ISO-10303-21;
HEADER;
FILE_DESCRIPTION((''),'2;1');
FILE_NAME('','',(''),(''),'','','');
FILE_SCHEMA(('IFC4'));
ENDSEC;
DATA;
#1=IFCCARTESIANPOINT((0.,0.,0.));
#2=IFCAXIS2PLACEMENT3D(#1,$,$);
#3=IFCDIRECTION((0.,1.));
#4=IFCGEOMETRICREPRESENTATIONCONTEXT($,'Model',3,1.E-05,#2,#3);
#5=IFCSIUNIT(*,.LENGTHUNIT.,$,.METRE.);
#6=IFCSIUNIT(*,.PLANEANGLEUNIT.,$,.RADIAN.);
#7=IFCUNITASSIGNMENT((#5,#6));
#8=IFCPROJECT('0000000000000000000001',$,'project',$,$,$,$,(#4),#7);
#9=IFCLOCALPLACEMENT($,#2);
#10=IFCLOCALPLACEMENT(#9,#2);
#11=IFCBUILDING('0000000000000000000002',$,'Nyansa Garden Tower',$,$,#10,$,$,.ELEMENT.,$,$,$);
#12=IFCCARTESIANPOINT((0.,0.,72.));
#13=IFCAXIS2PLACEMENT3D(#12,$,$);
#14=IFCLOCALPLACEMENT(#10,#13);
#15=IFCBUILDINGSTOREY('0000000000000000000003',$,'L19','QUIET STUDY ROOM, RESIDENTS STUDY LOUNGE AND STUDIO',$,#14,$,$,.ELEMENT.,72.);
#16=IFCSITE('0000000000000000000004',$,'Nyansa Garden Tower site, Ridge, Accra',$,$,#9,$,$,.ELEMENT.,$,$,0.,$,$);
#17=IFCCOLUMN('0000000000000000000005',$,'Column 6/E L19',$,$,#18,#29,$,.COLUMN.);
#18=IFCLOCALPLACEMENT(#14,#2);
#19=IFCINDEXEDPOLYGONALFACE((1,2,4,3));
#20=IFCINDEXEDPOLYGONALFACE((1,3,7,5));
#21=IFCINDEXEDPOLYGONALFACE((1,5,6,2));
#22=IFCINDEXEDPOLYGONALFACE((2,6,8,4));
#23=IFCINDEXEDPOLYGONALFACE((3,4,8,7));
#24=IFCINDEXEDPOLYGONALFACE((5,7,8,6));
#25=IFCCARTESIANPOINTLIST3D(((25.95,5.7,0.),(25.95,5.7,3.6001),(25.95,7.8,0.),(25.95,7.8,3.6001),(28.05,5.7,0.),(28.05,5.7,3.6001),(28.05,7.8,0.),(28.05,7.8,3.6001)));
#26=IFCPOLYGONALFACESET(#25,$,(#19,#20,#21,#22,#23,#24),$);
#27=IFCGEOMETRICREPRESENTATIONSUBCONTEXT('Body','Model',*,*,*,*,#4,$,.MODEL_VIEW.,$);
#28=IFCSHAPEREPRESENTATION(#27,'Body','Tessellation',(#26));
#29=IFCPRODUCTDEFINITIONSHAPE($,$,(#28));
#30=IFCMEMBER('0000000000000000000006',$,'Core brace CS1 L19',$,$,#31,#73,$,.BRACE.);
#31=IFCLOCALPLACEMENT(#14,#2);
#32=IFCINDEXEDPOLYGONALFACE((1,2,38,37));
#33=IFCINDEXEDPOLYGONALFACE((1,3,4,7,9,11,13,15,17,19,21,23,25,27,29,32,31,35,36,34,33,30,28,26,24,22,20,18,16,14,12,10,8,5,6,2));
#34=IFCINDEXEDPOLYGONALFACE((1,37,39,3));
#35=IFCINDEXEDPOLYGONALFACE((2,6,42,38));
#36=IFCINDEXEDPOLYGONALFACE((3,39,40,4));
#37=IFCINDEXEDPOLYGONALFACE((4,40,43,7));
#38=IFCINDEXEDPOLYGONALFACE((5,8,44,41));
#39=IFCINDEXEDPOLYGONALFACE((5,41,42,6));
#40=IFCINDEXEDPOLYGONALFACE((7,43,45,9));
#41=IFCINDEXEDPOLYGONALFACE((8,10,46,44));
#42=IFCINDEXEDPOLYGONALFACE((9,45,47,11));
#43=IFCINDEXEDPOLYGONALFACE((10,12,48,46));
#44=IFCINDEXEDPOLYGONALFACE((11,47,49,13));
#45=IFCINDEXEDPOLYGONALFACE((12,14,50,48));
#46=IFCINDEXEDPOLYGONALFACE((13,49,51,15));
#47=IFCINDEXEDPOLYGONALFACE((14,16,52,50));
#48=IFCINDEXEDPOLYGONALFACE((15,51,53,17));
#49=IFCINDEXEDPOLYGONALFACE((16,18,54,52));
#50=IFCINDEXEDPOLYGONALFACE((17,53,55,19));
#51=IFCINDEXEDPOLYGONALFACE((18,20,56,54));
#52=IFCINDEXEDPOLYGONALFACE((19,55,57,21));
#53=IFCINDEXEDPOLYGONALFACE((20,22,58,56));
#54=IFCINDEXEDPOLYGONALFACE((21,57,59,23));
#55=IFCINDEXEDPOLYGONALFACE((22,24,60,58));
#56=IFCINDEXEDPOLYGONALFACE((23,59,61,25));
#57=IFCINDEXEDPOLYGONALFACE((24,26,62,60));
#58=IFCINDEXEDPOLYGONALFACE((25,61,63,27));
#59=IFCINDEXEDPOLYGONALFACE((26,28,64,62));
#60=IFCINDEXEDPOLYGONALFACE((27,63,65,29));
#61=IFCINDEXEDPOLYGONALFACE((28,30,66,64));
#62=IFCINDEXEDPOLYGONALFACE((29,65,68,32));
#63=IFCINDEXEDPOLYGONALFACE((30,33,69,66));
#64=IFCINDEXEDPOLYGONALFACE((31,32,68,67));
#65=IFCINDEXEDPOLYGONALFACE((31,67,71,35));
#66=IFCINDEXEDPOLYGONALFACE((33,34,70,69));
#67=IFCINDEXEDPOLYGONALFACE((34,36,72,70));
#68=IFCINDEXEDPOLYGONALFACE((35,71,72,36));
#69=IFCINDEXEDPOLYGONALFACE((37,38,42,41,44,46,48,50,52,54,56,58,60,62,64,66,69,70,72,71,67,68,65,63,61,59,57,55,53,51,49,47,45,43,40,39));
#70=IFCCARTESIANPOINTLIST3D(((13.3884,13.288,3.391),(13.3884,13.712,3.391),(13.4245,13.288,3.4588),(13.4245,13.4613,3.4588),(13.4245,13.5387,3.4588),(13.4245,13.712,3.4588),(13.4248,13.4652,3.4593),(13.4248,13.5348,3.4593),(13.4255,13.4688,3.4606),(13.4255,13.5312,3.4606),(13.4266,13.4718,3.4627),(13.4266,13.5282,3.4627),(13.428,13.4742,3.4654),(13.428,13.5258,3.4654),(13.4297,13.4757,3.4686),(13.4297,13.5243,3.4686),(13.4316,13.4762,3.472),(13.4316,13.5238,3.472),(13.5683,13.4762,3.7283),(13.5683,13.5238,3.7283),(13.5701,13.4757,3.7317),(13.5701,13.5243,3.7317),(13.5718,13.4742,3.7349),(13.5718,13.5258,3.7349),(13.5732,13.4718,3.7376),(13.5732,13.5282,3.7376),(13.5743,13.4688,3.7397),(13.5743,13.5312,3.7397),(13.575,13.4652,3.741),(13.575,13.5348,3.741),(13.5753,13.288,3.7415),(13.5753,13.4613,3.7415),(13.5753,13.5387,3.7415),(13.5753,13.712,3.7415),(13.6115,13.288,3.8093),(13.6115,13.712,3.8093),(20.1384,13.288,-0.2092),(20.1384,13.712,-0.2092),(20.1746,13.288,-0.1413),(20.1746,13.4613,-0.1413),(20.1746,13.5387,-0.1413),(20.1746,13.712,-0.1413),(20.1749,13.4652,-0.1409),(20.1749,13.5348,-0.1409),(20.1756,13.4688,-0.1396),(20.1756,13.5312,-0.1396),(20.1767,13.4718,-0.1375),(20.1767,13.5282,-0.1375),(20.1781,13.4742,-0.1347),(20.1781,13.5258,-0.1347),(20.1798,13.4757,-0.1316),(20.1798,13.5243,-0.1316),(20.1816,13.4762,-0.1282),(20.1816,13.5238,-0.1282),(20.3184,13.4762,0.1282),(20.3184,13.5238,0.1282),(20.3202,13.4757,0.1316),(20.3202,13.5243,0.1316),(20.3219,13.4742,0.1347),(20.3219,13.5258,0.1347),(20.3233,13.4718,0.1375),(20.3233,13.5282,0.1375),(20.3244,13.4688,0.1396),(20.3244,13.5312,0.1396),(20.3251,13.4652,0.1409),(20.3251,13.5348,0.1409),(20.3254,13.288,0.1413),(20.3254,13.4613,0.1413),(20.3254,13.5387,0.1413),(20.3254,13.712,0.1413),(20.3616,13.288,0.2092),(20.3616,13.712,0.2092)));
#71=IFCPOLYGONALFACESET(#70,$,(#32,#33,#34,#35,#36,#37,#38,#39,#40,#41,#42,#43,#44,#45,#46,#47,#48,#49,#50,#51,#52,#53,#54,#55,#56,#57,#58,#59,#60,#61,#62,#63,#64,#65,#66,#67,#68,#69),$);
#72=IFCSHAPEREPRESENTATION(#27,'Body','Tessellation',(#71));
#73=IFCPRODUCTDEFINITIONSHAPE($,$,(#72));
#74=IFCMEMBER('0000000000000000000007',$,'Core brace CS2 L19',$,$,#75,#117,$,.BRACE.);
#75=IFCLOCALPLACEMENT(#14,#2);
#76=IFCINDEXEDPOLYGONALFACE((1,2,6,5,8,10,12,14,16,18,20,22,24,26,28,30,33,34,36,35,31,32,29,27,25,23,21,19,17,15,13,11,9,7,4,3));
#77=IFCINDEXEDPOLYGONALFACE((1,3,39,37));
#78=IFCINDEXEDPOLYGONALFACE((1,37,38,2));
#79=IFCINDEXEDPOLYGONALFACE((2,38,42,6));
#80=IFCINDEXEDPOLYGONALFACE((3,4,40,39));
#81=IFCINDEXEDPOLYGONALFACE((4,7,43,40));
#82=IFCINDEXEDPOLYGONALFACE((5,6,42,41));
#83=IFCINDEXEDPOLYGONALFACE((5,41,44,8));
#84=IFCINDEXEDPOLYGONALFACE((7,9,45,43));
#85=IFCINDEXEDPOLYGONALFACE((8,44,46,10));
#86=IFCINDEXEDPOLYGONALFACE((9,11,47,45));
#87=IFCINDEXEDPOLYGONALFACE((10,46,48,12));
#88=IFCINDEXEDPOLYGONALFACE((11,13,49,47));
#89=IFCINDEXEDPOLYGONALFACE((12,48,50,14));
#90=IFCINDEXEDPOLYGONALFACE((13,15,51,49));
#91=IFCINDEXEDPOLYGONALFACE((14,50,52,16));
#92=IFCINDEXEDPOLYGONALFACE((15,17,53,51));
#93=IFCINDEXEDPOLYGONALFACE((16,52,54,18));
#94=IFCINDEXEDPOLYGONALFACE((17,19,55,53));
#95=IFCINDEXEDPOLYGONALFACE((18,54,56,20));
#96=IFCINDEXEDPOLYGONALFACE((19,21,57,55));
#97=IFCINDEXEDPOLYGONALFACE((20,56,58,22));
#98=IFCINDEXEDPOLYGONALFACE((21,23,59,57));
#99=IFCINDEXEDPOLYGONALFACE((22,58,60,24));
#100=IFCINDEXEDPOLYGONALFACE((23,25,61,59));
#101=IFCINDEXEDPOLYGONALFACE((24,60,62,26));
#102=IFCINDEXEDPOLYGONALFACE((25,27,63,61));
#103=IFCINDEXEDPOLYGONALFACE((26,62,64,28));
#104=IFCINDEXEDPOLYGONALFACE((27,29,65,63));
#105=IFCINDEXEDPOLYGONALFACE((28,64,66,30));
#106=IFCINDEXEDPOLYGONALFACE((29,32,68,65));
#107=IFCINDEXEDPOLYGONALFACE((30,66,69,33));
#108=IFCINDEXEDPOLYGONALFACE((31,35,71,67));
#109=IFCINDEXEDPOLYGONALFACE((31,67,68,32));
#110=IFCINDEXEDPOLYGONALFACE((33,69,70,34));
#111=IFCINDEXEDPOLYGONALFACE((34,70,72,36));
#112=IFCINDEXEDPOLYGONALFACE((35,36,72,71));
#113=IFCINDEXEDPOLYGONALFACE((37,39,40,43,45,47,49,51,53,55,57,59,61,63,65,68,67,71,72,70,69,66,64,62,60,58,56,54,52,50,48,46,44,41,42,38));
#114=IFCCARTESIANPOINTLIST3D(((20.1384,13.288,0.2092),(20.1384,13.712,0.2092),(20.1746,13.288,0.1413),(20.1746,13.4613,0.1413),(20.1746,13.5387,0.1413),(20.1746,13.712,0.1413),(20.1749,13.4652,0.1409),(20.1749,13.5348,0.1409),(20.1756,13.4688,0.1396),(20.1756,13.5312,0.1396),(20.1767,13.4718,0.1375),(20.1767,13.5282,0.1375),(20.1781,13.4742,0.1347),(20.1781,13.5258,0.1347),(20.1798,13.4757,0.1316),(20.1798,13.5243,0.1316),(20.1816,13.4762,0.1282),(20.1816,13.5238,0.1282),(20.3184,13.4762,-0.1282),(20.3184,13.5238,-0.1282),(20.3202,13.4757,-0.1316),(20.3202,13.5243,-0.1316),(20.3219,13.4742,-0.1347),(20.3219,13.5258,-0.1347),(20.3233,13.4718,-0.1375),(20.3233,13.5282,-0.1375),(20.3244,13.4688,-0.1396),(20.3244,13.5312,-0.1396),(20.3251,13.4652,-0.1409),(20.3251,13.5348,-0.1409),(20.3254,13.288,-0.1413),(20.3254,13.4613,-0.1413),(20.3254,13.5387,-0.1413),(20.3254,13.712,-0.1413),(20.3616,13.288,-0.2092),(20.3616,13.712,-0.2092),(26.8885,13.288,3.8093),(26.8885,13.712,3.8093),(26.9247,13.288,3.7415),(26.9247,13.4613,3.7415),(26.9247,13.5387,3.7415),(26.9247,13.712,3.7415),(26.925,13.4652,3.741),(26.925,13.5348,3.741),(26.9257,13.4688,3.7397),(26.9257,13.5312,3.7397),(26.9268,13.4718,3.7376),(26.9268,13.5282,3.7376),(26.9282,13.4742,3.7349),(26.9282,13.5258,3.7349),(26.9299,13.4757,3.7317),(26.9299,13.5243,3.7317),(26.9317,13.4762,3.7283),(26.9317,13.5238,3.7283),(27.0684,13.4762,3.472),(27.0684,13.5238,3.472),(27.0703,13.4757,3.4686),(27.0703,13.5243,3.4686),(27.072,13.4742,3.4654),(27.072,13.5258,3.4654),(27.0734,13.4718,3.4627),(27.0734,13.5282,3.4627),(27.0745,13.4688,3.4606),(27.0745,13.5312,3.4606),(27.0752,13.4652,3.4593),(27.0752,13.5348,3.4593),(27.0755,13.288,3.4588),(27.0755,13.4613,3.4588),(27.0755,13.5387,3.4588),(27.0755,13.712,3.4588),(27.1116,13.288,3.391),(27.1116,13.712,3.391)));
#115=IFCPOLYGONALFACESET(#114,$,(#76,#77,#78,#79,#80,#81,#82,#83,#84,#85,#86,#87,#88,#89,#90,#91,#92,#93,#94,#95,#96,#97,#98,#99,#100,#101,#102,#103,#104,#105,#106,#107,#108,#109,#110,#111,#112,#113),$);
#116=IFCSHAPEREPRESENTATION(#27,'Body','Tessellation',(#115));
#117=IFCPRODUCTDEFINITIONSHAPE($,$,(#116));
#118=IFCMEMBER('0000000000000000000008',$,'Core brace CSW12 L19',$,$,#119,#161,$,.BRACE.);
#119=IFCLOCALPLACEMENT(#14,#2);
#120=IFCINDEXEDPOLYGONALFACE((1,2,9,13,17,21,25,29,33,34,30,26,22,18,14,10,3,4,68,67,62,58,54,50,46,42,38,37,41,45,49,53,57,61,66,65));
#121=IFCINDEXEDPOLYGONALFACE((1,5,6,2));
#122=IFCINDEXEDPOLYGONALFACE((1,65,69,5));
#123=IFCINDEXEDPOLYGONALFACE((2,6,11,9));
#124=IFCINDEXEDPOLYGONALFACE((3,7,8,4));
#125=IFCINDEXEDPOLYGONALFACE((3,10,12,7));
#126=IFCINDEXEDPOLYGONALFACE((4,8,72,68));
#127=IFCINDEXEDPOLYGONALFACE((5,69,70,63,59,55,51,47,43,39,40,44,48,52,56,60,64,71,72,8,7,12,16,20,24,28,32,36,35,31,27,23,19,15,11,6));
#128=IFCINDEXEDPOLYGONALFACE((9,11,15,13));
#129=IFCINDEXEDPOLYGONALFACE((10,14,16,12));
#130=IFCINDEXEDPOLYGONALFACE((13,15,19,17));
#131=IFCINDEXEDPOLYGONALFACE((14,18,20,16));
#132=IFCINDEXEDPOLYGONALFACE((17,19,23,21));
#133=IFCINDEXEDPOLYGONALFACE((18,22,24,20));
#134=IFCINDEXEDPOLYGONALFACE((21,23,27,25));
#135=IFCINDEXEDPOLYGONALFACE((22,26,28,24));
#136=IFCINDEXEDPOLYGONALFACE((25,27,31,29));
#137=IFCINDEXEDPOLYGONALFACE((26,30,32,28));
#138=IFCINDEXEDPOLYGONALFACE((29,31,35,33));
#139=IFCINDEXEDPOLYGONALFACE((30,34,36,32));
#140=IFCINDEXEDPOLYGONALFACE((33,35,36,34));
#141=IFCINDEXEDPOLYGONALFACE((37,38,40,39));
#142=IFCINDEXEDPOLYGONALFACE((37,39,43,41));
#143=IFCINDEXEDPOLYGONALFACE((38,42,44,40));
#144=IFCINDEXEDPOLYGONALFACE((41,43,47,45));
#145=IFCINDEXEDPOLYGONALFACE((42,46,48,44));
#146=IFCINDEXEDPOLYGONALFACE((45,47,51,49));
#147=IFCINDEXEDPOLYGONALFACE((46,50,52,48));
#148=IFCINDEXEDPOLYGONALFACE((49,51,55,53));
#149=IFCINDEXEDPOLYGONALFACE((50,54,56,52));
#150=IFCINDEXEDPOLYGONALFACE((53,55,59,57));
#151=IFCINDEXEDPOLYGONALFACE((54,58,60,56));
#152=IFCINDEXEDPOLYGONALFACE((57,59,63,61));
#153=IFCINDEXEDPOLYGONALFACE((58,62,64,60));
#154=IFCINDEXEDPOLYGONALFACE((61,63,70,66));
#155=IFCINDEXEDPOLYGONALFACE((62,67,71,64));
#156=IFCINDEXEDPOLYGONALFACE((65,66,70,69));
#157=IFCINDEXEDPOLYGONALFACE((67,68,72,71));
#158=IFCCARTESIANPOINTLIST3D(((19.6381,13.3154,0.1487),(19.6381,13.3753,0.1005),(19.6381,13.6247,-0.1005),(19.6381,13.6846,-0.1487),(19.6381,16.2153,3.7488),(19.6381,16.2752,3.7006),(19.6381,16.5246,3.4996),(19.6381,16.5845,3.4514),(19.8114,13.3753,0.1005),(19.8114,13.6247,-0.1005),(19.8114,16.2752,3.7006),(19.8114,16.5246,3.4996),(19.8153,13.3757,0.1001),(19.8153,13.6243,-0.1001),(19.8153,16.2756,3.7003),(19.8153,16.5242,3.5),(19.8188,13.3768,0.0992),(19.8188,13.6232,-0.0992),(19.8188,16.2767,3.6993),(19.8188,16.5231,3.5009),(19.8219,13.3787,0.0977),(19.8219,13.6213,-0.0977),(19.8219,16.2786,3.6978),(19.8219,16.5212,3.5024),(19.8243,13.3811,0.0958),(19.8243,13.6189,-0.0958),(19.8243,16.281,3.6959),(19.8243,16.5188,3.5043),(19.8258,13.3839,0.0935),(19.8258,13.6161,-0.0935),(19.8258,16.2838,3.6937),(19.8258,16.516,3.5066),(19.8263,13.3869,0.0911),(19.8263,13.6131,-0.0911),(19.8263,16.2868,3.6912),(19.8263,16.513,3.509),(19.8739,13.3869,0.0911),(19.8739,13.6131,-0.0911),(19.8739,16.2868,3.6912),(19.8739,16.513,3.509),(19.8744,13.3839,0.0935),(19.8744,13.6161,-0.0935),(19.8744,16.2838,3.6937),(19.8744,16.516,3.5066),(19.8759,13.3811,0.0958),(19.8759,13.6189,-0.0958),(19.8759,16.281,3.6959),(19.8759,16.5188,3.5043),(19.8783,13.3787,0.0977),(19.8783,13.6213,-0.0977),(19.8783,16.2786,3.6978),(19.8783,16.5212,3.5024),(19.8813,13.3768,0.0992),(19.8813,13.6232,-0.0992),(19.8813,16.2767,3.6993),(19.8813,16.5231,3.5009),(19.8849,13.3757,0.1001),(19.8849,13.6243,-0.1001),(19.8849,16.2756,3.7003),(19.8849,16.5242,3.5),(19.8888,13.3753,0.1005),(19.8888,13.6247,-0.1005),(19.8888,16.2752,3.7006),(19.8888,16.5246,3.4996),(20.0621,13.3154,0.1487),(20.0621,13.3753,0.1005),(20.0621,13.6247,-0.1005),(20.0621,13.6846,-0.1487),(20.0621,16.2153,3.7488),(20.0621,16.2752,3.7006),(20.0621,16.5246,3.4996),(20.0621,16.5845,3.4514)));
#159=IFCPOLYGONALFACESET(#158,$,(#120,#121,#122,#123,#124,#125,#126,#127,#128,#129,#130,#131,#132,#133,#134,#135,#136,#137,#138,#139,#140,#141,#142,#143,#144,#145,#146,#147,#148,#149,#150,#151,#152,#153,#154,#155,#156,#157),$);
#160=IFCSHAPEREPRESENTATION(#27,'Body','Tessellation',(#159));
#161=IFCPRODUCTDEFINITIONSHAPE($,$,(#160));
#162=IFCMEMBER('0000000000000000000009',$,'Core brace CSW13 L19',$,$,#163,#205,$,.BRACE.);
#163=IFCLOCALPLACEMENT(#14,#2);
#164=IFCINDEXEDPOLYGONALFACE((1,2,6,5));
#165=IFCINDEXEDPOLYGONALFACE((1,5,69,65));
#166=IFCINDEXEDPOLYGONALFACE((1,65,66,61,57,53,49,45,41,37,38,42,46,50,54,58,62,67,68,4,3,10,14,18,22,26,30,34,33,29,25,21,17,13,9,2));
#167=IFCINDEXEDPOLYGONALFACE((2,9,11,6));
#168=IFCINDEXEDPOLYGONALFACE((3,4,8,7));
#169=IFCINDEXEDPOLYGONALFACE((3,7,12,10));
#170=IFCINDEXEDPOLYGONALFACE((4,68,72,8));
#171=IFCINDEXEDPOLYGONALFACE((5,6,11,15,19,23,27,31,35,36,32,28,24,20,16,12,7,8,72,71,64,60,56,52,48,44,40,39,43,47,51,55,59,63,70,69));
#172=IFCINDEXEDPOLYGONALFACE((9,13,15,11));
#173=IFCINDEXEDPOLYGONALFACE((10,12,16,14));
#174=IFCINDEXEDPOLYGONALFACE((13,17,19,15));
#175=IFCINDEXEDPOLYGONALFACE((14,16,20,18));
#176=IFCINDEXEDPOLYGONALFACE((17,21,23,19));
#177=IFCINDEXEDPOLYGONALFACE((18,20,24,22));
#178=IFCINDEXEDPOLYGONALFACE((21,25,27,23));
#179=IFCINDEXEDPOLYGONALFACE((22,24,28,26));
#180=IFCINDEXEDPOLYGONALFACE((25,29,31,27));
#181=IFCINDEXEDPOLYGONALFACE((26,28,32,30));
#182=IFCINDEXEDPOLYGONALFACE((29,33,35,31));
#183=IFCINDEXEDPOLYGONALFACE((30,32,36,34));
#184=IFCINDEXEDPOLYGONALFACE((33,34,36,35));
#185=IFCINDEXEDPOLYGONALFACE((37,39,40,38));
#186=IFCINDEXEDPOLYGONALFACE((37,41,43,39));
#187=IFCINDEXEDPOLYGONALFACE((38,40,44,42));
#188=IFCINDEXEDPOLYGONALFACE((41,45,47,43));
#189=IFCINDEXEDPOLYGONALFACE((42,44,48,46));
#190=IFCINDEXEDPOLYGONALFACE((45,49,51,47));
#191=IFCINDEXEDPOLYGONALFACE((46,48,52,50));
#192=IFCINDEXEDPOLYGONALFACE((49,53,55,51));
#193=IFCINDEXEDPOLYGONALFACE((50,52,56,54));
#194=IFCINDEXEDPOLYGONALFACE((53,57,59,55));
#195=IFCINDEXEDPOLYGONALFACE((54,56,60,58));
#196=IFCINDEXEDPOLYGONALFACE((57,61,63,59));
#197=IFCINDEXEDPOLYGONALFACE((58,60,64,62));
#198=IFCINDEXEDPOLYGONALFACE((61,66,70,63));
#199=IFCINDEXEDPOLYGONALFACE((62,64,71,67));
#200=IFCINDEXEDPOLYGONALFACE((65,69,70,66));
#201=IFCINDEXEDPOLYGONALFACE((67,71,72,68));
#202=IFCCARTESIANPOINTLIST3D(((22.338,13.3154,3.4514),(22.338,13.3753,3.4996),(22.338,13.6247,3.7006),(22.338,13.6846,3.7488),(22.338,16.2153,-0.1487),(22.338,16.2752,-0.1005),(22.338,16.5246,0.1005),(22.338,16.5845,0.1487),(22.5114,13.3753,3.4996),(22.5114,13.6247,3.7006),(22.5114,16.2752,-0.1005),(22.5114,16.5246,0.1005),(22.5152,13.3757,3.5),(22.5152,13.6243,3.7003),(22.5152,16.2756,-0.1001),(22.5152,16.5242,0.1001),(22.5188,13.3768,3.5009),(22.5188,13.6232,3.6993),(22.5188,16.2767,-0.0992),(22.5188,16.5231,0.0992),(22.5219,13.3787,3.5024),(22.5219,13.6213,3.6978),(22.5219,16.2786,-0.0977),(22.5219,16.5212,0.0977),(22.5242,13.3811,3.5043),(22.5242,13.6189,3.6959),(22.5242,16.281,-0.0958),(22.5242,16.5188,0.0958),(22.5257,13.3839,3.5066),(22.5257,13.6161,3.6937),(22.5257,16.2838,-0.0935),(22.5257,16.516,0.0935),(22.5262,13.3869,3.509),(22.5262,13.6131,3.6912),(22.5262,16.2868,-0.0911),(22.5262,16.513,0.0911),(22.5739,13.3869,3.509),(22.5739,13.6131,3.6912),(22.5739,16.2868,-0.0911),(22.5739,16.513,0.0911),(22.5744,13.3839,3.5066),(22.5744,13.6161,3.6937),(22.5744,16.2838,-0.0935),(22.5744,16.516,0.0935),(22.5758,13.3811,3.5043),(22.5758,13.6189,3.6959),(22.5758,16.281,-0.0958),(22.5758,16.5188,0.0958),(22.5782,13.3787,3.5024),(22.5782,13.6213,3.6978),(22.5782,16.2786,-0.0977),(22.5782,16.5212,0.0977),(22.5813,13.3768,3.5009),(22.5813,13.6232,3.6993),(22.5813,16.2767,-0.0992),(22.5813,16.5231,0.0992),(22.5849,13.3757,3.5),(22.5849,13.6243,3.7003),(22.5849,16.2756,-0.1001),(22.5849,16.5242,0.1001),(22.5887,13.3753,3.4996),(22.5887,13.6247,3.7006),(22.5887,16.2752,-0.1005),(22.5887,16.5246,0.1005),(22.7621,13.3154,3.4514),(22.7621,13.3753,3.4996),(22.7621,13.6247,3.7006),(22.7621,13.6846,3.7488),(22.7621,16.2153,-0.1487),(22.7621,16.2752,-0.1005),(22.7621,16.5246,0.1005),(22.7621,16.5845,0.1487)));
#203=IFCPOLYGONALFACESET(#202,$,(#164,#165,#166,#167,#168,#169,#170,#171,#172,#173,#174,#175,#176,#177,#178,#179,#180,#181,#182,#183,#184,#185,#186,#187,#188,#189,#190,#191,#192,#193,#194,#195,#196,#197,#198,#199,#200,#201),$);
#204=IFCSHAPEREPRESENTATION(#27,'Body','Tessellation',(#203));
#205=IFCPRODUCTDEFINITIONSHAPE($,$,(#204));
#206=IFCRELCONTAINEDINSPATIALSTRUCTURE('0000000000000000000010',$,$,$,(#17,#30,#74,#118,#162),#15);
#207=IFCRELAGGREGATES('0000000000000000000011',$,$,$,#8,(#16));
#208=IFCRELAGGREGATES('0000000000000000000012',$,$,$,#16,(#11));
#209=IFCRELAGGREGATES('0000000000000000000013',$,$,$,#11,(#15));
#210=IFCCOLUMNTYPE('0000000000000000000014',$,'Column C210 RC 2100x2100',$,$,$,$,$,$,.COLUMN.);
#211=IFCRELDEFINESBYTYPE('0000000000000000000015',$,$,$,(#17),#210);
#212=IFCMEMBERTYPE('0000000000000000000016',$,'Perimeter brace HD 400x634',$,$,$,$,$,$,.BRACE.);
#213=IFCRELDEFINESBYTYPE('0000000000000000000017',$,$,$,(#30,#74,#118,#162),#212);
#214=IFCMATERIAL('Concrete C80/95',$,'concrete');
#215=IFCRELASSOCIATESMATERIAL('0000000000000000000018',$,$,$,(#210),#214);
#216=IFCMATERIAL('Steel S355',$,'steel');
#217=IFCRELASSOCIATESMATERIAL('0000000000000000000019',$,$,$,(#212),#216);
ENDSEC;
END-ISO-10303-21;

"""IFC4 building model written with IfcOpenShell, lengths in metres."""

from ifc_helpers import new_model, si_unit, direction, frame, origin, origin_2d, place, context, subcontext, project, spatial, rectangle, i_section, extrude, material, material_profile, profile_set, type_object, element, save


model = new_model("IFC4")

# Units and contexts
model_context = context("Model", 3, precision=1e-05, world=origin(), true_north=direction((0.0, 1.0)))
body_context = subcontext(model_context, "Body", "Model", "MODEL_VIEW")
ifc_project = project(units=[si_unit("LENGTHUNIT", "METRE"), si_unit("PLANEANGLEUNIT", "RADIAN")], contexts=[model_context])

# Site, building, storey
site_placement = place(None, origin())
site = spatial("IfcSite", under=ifc_project, at=site_placement, Name="Nyansa Garden Tower site, Ridge, Accra", CompositionType="ELEMENT", RefElevation=0.0)
building_placement = place(site_placement, origin())
building = spatial("IfcBuilding", under=site, at=building_placement, Name="Nyansa Garden Tower", CompositionType="ELEMENT")
storey_placement = place(building_placement, frame((0.0, 0.0, 72.0)))
storey = spatial("IfcBuildingStorey", under=building, at=storey_placement, Name="L19", Description="QUIET STUDY ROOM, RESIDENTS STUDY LOUNGE AND STUDIO", CompositionType="ELEMENT", Elevation=72.0)

# Column
ifc_material_1 = material(Name="Concrete C80/95", Category="concrete")
ifc_material_profile_1 = material_profile(ifc_material_1, rectangle(XDim=2.1001, YDim=2.1001, at=origin_2d()), Name="RC 2100x2100")
ifc_profile_set_1 = profile_set([ifc_material_profile_1], Name="Concrete C80/95")
column_type = type_object("IfcColumnType", Name="Column C210 RC 2100x2100", PredefinedType="COLUMN", material=ifc_profile_set_1)
column_placement = place(storey_placement, frame((27.0, 6.75, 0.0), z_axis=(0.0, 0.0, 1.0), x_axis=(1.0, 0.0, 0.0)))
element("IfcColumn", 1, at=column_placement, inside=storey, type_object=column_type, Name="Column 6/E L19", PredefinedType="COLUMN", context=body_context, shape_type="SweptSolid", body=[
    extrude(rectangle(XDim=2.1001, YDim=2.1001, at=origin_2d()), origin(), (0.0, 0.0, 1.0), 3.6001),
])

# Members
ifc_material_2 = material(Name="Steel S355", Category="steel")
ifc_material_profile_2 = material_profile(ifc_material_2, i_section(OverallWidth=0.4241, OverallDepth=0.4741, WebThickness=0.0476, FlangeThickness=0.0769, FilletRadius=0.0149, at=origin_2d()), Name="HD 400x634")
ifc_profile_set_2 = profile_set([ifc_material_profile_2], Name="Steel S355")
member_type = type_object("IfcMemberType", Name="Perimeter brace HD 400x634", PredefinedType="BRACE", material=ifc_profile_set_2)
for number, where, z_axis, x_axis, name in (
    (2, (20.25, 13.5, 0.0), (-0.882348, 0.0, 0.470598), (0.0, -1.0, 0.0), "Core brace CS1 L19"),
    (3, (20.25, 13.5, 0.0), (0.882348, 0.0, 0.470598), (0.0, 1.0, 0.0), "Core brace CS2 L19"),
):
    element("IfcMember", number, at=place(storey_placement, frame(where, z_axis=z_axis, x_axis=x_axis)), inside=storey, type_object=member_type, Name=name, PredefinedType="BRACE", context=body_context, shape_type="SweptSolid", body=[
        extrude(i_section(OverallWidth=0.4241, OverallDepth=0.4741, WebThickness=0.0476, FlangeThickness=0.0769, FilletRadius=0.0149, at=origin_2d()), origin(), (0.0, 0.0, 1.0), 7.6501),
    ])
for number, where, z_axis, x_axis, name in (
    (4, (19.8501, 13.5, 0.0), (0.0, 0.627306, 0.778773), (-1.0, 0.0, 0.0), "Core brace CSW12 L19"),
    (5, (22.55, 16.3999, 0.0), (0.0, -0.627306, 0.778773), (1.0, 0.0, 0.0), "Core brace CSW13 L19"),
):
    element("IfcMember", number, at=place(storey_placement, frame(where, z_axis=z_axis, x_axis=x_axis)), inside=storey, type_object=member_type, Name=name, PredefinedType="BRACE", context=body_context, shape_type="SweptSolid", body=[
        extrude(i_section(OverallWidth=0.4241, OverallDepth=0.4741, WebThickness=0.0476, FlangeThickness=0.0769, FilletRadius=0.0149, at=origin_2d()), origin(), (0.0, 0.0, 1.0), 4.6228),
    ])

save(model, "model.ifc")
